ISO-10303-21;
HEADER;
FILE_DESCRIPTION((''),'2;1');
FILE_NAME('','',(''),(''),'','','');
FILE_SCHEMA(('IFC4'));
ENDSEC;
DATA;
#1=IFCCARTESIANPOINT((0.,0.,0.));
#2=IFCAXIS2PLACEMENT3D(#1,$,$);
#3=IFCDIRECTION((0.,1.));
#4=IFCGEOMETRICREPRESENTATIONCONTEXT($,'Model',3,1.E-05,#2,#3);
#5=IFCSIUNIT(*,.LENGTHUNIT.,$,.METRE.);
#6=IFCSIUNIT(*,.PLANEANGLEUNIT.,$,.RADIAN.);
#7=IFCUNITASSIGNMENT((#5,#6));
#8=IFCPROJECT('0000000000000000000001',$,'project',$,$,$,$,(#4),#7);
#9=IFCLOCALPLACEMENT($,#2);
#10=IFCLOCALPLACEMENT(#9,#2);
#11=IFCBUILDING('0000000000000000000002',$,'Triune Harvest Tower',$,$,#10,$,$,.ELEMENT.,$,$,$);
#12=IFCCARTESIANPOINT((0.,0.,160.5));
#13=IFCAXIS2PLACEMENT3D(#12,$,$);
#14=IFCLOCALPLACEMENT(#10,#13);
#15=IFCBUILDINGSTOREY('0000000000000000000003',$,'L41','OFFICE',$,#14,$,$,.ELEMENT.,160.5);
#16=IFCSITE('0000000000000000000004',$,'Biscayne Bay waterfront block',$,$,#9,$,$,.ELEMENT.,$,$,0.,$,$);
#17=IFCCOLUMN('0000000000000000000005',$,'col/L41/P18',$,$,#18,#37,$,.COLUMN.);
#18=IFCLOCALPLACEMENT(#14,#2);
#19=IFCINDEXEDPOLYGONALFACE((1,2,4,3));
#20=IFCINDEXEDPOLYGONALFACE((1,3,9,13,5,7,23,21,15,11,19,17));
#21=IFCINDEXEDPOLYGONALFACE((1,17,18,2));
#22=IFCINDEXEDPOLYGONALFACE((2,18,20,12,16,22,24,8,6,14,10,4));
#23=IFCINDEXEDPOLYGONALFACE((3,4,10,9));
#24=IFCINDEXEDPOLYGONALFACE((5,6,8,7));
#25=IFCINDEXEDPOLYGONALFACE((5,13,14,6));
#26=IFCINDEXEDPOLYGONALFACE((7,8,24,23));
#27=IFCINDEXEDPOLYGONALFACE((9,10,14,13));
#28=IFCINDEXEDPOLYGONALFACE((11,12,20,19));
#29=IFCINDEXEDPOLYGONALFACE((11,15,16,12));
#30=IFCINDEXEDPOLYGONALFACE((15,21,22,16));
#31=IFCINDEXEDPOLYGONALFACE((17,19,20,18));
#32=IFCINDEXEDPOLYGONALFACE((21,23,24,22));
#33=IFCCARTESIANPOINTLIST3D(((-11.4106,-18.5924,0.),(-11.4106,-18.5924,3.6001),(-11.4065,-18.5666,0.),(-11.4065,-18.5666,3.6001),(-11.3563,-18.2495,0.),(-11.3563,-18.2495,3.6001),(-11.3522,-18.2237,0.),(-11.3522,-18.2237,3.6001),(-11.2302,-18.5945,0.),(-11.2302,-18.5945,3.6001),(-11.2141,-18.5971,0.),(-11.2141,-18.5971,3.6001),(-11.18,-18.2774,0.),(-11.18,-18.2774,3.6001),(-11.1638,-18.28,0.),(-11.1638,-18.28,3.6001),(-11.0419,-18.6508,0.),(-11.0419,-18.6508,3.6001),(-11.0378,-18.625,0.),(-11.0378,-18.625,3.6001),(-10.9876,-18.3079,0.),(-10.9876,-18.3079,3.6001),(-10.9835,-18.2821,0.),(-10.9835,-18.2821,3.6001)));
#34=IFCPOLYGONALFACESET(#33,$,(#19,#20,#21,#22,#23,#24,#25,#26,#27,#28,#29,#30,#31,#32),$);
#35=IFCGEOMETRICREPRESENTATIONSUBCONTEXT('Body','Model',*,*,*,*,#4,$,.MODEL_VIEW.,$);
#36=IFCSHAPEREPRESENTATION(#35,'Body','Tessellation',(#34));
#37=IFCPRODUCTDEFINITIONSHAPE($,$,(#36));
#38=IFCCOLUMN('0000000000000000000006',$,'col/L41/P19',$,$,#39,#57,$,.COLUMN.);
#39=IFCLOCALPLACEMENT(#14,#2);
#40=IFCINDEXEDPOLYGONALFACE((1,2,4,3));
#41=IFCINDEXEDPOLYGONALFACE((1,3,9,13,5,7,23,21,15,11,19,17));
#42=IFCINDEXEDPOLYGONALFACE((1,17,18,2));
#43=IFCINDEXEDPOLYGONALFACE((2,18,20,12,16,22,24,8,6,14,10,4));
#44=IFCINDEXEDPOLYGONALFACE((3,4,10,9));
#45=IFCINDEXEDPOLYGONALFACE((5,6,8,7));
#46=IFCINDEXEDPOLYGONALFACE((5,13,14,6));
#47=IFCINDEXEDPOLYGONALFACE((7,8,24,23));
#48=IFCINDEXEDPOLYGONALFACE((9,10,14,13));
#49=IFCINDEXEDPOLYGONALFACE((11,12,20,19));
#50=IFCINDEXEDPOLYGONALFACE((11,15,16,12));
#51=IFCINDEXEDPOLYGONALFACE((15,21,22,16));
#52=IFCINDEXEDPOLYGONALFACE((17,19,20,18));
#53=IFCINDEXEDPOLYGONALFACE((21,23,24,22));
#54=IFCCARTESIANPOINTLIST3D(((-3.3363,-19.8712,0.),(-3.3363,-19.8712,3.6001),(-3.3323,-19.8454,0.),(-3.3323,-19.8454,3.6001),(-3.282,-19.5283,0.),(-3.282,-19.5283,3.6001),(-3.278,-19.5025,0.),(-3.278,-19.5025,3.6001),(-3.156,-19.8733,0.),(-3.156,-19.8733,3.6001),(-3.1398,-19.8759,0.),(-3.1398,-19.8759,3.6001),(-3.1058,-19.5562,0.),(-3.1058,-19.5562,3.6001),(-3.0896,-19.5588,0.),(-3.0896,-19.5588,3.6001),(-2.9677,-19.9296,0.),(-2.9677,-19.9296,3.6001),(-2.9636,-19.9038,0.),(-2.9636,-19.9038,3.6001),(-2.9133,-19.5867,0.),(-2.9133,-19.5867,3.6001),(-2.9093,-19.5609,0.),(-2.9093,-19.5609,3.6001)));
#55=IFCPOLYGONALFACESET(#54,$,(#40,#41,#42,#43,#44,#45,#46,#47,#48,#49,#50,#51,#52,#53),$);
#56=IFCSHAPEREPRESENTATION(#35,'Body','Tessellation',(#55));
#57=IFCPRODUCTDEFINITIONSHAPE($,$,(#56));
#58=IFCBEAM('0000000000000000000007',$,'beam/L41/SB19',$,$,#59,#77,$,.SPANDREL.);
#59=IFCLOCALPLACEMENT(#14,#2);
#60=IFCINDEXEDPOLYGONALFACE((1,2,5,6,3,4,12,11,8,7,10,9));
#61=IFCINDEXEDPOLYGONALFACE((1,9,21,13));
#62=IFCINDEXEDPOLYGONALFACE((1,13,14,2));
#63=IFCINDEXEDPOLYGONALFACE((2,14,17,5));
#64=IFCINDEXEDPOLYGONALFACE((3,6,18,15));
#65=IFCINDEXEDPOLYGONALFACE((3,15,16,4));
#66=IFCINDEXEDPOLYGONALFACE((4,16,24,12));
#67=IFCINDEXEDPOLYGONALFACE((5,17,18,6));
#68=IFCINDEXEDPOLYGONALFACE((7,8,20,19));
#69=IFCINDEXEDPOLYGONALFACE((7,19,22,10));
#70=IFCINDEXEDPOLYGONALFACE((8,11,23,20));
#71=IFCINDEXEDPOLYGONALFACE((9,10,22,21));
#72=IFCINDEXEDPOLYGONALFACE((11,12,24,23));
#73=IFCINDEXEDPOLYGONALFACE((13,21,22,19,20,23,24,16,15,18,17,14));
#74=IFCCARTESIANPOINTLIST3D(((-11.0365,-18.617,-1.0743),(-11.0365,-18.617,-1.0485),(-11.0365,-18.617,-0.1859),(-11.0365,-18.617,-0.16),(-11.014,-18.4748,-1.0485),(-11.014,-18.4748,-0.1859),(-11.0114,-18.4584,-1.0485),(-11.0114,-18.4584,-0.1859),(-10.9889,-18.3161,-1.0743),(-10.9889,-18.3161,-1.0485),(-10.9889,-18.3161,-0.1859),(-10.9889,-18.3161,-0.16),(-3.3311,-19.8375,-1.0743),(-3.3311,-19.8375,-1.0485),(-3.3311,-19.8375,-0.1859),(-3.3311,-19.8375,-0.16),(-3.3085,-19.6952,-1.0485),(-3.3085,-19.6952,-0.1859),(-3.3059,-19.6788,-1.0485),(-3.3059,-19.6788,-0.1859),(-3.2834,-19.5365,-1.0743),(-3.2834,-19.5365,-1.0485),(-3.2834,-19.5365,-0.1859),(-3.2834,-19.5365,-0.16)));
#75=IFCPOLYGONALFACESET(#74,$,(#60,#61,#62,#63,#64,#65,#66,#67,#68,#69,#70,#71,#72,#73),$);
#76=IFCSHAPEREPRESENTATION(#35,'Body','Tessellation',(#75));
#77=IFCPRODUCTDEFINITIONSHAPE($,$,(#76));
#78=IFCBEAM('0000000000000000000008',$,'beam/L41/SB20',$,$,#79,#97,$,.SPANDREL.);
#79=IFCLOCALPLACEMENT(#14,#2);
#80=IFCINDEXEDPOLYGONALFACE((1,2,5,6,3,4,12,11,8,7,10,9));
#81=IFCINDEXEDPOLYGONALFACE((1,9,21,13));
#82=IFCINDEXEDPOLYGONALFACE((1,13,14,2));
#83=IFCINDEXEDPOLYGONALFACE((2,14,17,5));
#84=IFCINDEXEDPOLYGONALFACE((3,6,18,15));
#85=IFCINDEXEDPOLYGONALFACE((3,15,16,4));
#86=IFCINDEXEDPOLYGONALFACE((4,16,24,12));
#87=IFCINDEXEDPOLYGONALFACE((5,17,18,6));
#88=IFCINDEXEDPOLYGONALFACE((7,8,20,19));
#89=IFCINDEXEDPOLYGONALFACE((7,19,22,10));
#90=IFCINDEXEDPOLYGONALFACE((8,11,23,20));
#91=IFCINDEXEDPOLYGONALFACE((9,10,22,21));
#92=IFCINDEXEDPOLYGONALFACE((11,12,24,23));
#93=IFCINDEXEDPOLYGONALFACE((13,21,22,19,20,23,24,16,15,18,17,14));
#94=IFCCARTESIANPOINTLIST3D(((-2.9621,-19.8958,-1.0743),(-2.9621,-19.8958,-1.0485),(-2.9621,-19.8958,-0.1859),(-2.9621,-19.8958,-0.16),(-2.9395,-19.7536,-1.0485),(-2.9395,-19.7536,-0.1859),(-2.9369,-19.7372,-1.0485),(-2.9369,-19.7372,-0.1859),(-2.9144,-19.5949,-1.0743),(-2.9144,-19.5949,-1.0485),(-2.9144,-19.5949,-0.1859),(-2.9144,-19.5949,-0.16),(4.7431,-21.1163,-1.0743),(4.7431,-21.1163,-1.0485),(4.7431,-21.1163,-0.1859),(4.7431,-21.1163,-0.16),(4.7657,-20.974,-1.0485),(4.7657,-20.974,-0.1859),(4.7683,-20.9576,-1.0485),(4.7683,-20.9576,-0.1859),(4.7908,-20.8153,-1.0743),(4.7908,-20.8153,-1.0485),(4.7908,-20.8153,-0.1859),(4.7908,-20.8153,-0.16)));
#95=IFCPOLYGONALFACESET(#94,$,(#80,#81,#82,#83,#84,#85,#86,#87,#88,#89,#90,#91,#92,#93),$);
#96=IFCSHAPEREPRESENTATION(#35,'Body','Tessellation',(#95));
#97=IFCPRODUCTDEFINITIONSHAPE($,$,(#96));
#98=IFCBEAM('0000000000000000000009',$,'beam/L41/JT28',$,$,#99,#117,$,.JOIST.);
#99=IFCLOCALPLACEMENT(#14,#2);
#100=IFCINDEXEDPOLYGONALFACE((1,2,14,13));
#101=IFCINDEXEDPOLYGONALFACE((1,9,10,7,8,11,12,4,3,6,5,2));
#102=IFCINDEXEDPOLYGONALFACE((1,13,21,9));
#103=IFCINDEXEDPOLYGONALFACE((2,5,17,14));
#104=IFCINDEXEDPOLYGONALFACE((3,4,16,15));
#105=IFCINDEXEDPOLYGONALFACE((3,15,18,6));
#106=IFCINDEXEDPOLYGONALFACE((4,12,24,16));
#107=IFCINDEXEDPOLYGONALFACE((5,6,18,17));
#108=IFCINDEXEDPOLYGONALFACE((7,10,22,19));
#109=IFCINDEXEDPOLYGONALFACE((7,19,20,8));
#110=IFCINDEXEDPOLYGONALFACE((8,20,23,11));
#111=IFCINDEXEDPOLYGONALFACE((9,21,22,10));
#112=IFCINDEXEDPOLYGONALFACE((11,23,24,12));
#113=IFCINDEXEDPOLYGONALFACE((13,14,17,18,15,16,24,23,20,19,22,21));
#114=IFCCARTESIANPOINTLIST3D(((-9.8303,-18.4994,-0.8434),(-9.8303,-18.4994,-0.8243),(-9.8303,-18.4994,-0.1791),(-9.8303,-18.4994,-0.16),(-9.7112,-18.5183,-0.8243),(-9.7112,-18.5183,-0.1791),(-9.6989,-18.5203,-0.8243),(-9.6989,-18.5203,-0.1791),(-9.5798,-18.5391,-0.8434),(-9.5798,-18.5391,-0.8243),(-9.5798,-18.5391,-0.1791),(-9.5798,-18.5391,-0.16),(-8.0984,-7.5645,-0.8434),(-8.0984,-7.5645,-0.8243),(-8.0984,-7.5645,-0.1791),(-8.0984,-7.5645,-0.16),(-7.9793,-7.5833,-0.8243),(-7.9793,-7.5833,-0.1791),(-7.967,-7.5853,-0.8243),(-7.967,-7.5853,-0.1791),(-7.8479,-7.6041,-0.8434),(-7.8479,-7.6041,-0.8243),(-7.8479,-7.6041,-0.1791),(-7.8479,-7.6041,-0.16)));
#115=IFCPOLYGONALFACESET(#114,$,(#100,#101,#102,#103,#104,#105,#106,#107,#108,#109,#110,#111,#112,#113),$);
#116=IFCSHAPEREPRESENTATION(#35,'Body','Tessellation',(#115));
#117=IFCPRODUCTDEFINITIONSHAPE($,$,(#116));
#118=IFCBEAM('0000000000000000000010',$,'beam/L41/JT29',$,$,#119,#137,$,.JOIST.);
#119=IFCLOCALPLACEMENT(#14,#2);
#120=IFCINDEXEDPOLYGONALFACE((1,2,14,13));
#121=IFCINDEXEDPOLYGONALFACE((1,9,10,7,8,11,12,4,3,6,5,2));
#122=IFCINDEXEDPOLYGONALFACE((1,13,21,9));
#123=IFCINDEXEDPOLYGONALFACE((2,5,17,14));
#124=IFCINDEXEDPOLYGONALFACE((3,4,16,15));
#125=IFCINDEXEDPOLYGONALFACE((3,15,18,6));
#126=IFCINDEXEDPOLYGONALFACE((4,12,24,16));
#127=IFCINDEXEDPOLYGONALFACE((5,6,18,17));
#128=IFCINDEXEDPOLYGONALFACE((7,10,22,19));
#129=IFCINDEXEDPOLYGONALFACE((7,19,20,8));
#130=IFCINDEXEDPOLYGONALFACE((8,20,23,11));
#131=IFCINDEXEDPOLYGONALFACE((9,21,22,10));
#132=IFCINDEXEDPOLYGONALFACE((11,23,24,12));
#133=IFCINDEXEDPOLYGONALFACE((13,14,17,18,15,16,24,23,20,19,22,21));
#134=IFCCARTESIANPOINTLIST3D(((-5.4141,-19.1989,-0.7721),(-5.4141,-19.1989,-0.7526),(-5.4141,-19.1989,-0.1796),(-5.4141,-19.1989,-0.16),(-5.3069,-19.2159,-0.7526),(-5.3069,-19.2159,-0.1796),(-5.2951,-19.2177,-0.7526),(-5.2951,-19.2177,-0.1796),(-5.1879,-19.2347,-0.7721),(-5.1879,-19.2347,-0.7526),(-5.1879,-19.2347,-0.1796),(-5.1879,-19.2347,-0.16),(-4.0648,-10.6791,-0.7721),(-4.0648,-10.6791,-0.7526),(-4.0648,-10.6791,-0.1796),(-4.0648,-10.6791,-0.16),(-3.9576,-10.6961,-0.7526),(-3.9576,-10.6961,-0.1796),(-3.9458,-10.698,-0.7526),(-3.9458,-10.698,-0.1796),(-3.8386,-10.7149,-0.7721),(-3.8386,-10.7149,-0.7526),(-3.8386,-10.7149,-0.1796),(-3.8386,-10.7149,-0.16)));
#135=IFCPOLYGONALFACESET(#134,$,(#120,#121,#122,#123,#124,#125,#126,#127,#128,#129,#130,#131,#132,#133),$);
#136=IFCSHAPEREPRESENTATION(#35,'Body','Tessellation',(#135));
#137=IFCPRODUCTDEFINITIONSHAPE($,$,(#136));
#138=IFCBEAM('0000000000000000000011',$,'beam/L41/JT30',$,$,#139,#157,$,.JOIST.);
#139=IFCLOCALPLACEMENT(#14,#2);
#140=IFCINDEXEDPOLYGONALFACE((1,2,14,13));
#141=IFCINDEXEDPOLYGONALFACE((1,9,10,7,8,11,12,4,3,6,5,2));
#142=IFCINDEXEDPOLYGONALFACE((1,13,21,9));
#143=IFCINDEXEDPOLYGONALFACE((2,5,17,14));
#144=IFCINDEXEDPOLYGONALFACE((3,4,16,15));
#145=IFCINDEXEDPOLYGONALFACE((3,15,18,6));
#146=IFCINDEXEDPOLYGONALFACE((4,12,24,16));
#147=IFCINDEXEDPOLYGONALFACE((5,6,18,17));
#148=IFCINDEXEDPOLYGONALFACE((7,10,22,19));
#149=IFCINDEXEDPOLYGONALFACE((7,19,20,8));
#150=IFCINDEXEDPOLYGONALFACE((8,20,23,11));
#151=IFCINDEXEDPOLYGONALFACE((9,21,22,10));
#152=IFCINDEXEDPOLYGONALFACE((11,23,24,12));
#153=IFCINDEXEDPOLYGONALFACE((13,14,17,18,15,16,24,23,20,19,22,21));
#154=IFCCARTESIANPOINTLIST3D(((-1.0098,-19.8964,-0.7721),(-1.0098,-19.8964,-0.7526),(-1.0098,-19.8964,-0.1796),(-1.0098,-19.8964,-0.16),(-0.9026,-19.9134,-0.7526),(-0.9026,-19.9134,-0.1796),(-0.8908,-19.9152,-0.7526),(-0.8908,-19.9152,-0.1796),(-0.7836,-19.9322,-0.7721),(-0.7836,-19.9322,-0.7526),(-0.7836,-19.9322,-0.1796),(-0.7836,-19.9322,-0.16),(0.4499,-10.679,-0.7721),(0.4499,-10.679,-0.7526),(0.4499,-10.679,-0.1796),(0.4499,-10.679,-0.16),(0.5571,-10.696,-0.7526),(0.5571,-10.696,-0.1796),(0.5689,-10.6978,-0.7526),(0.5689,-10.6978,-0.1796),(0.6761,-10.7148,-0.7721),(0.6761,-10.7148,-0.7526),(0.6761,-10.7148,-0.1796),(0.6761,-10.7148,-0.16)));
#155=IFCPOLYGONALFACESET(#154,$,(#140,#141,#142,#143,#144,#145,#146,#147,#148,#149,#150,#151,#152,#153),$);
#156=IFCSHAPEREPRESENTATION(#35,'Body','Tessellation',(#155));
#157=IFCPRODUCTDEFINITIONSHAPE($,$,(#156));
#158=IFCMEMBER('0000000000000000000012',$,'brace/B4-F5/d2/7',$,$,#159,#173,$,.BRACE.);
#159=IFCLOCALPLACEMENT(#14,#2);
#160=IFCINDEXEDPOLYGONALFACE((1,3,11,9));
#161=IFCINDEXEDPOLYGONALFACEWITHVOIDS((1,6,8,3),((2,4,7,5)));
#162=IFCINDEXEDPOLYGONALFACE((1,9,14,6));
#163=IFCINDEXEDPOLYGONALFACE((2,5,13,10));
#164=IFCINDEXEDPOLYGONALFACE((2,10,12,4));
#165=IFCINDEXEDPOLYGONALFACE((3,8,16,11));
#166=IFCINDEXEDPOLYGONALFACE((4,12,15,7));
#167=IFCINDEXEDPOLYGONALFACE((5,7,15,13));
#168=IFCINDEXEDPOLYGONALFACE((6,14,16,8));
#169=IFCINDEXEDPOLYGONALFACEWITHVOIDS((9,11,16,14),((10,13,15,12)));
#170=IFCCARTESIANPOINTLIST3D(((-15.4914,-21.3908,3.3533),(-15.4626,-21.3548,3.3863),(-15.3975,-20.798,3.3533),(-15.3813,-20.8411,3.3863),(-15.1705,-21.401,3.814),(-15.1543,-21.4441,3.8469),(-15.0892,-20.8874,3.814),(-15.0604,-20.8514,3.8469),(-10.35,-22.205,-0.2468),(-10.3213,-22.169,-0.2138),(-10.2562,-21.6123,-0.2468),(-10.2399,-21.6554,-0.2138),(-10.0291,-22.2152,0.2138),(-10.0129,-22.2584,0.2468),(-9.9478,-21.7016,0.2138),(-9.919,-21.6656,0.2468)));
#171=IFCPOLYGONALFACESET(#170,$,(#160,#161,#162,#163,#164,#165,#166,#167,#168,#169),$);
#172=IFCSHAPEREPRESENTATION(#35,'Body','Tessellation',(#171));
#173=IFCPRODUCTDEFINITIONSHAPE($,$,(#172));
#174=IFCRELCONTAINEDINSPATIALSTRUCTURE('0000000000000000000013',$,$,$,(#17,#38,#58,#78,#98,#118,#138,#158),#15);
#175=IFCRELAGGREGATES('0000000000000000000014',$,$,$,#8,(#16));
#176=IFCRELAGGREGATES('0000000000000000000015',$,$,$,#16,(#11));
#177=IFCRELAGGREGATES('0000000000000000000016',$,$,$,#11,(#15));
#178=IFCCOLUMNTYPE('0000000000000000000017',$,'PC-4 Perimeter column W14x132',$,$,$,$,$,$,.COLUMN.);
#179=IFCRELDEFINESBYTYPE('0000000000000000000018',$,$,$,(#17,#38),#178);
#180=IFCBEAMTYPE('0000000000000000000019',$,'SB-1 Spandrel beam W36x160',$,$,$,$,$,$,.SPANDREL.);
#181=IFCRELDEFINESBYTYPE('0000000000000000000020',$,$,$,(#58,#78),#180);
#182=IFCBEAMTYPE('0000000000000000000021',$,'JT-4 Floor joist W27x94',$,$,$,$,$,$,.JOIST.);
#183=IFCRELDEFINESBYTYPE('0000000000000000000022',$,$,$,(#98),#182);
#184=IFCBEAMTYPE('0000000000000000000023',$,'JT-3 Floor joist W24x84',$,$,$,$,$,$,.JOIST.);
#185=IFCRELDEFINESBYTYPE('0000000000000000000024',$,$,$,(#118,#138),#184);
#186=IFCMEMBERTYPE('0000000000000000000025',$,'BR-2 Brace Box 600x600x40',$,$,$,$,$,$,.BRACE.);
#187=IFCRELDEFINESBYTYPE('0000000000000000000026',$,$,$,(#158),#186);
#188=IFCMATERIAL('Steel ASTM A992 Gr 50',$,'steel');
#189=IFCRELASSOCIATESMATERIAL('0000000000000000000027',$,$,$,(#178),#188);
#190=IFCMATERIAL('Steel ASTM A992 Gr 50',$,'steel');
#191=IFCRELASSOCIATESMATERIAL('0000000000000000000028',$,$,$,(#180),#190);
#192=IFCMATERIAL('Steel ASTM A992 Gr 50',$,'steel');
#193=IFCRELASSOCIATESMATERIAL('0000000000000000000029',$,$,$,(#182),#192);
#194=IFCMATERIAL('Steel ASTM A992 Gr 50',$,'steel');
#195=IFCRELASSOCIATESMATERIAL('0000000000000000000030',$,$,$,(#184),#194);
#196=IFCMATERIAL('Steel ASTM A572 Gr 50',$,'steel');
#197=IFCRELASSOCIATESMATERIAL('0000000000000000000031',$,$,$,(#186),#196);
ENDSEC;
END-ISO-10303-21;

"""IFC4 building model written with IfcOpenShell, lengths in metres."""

from ifc_helpers import new_model, si_unit, direction, frame, origin, origin_2d, place, context, subcontext, project, spatial, hollow_rectangle, i_section, extrude, source, transform, mapped, material, material_profile, profile_set, type_object, element, save


model = new_model("IFC4")

# Units and contexts
model_context = context("Model", 3, precision=1e-05, world=origin(), true_north=direction((0.0, 1.0)))
body_context = subcontext(model_context, "Body", "Model", "MODEL_VIEW")
ifc_project = project(units=[si_unit("LENGTHUNIT", "METRE"), si_unit("PLANEANGLEUNIT", "RADIAN")], contexts=[model_context])

# Site, building, storey
site_placement = place(None, origin())
site = spatial("IfcSite", under=ifc_project, at=site_placement, Name="Biscayne Bay waterfront block", CompositionType="ELEMENT", RefElevation=0.0)
building_placement = place(site_placement, origin())
building = spatial("IfcBuilding", under=site, at=building_placement, Name="Triune Harvest Tower", CompositionType="ELEMENT")
storey_placement = place(building_placement, frame((0.0, 0.0, 160.5)))
storey = spatial("IfcBuildingStorey", under=building, at=storey_placement, Name="L41", Description="OFFICE", CompositionType="ELEMENT", Elevation=160.5)

# Columns
ifc_material_1 = material(Name="Steel ASTM A992 Gr 50", Category="steel")
ifc_material_profile_1 = material_profile(ifc_material_1, i_section(OverallWidth=0.3733, OverallDepth=0.3733, WebThickness=0.0164, FlangeThickness=0.0261, at=origin_2d()), Name="W14x132")
ifc_profile_set_1 = profile_set([ifc_material_profile_1], Name="Steel ASTM A992 Gr 50")
column_type = type_object("IfcColumnType", Name="PC-4 Perimeter column W14x132", PredefinedType="COLUMN", material=ifc_profile_set_1)
shared_shape_1 = source(origin(), body_context, "Body", "SweptSolid", [
    extrude(i_section(OverallWidth=0.3733, OverallDepth=0.3733, WebThickness=0.0164, FlangeThickness=0.0261, at=origin_2d()), origin(), (0.0, 0.0, 1.0), 3.6001),
])
for number, where, z_axis, x_axis, name in (
    (1, (-11.197, -18.4373, 0.0), (0.0, 0.0, 1.0), (0.987688, -0.156434, 0.0), "col/L41/P18"),
    (2, (-3.1228, -19.7161, 0.0), (0.0, 0.0, 1.0), (0.987688, -0.156434, 0.0), "col/L41/P19"),
):
    element("IfcColumn", number, at=place(storey_placement, frame(where, z_axis=z_axis, x_axis=x_axis)), inside=storey, type_object=column_type, Name=name, PredefinedType="COLUMN", context=body_context, shape_type="MappedRepresentation", body=[
        mapped(shared_shape_1, transform((0.0, 0.0, 0.0), scale=1.0)),
    ])

# Beams
ifc_material_2 = material(Name="Steel ASTM A992 Gr 50", Category="steel")
ifc_material_profile_2 = material_profile(ifc_material_2, i_section(OverallWidth=0.3047, OverallDepth=0.9143, WebThickness=0.0166, FlangeThickness=0.0259, at=origin_2d()), Name="W36x160")
ifc_profile_set_2 = profile_set([ifc_material_profile_2], Name="Steel ASTM A992 Gr 50")
beam_type_1 = type_object("IfcBeamType", Name="SB-1 Spandrel beam W36x160", PredefinedType="SPANDREL", material=ifc_profile_set_2)
shared_shape_2 = source(origin(), body_context, "Body", "SweptSolid", [
    extrude(i_section(OverallWidth=0.3047, OverallDepth=0.9143, WebThickness=0.0166, FlangeThickness=0.0259, at=origin_2d()), origin(), (0.0, 0.0, 1.0), 7.8015),
])
beam_1_placement = place(storey_placement, frame((-11.0127, -18.4666, -0.6172), z_axis=(0.987688, -0.156437, 0.0), x_axis=(0.156437, 0.987688, 0.0)))
element("IfcBeam", 3, at=beam_1_placement, inside=storey, type_object=beam_type_1, Name="beam/L41/SB19", PredefinedType="SPANDREL", context=body_context, shape_type="MappedRepresentation", body=[
    mapped(shared_shape_2, transform((0.0, 0.0, 0.0), scale=1.0)),
])
shared_shape_3 = source(origin(), body_context, "Body", "SweptSolid", [
    extrude(i_section(OverallWidth=0.3047, OverallDepth=0.9143, WebThickness=0.0166, FlangeThickness=0.0259, at=origin_2d()), origin(), (0.0, 0.0, 1.0), 7.8013),
])
beam_2_placement = place(storey_placement, frame((-2.9382, -19.7454, -0.6172), z_axis=(0.987687, -0.156441, 0.0), x_axis=(0.156441, 0.987687, 0.0)))
element("IfcBeam", 4, at=beam_2_placement, inside=storey, type_object=beam_type_1, Name="beam/L41/SB20", PredefinedType="SPANDREL", context=body_context, shape_type="MappedRepresentation", body=[
    mapped(shared_shape_3, transform((0.0, 0.0, 0.0), scale=1.0)),
])
ifc_material_3 = material(Name="Steel ASTM A992 Gr 50", Category="steel")
ifc_material_profile_3 = material_profile(ifc_material_3, i_section(OverallWidth=0.2537, OverallDepth=0.6833, WebThickness=0.0125, FlangeThickness=0.019, at=origin_2d()), Name="W27x94")
ifc_profile_set_3 = profile_set([ifc_material_profile_3], Name="Steel ASTM A992 Gr 50")
beam_type_2 = type_object("IfcBeamType", Name="JT-4 Floor joist W27x94", PredefinedType="JOIST", material=ifc_profile_set_3)
shared_shape_4 = source(origin(), body_context, "Body", "SweptSolid", [
    extrude(i_section(OverallWidth=0.2537, OverallDepth=0.6833, WebThickness=0.0125, FlangeThickness=0.019, at=origin_2d()), origin(), (0.0, 0.0, 1.0), 11.0713),
])
beam_3_placement = place(storey_placement, frame((-9.7051, -18.5193, -0.5017), z_axis=(0.156434, 0.987688, 0.0), x_axis=(-0.987688, 0.156434, 0.0)))
element("IfcBeam", 5, at=beam_3_placement, inside=storey, type_object=beam_type_2, Name="beam/L41/JT28", PredefinedType="JOIST", context=body_context, shape_type="MappedRepresentation", body=[
    mapped(shared_shape_4, transform((0.0, 0.0, 0.0), scale=1.0)),
])
ifc_material_4 = material(Name="Steel ASTM A992 Gr 50", Category="steel")
ifc_material_profile_4 = material_profile(ifc_material_4, i_section(OverallWidth=0.229, OverallDepth=0.6121, WebThickness=0.012, FlangeThickness=0.0195, at=origin_2d()), Name="W24x84")
ifc_profile_set_4 = profile_set([ifc_material_profile_4], Name="Steel ASTM A992 Gr 50")
beam_type_3 = type_object("IfcBeamType", Name="JT-3 Floor joist W24x84", PredefinedType="JOIST", material=ifc_profile_set_4)
shared_shape_5 = source(origin(), body_context, "Body", "SweptSolid", [
    extrude(i_section(OverallWidth=0.229, OverallDepth=0.6121, WebThickness=0.012, FlangeThickness=0.0195, at=origin_2d()), origin(), (0.0, 0.0, 1.0), 8.626),
])
beam_4_placement = place(storey_placement, frame((-5.301, -19.2168, -0.4661), z_axis=(0.156431, 0.987689, 0.0), x_axis=(-0.987689, 0.156431, 0.0)))
element("IfcBeam", 6, at=beam_4_placement, inside=storey, type_object=beam_type_3, Name="beam/L41/JT29", PredefinedType="JOIST", context=body_context, shape_type="MappedRepresentation", body=[
    mapped(shared_shape_5, transform((0.0, 0.0, 0.0), scale=1.0)),
])
shared_shape_6 = source(origin(), body_context, "Body", "SweptSolid", [
    extrude(i_section(OverallWidth=0.229, OverallDepth=0.6121, WebThickness=0.012, FlangeThickness=0.0195, at=origin_2d()), origin(), (0.0, 0.0, 1.0), 9.3323),
])
beam_5_placement = place(storey_placement, frame((-0.8967, -19.9143, -0.4661), z_axis=(0.156418, 0.987691, 0.0), x_axis=(-0.987691, 0.156418, 0.0)))
element("IfcBeam", 7, at=beam_5_placement, inside=storey, type_object=beam_type_3, Name="beam/L41/JT30", PredefinedType="JOIST", context=body_context, shape_type="MappedRepresentation", body=[
    mapped(shared_shape_6, transform((0.0, 0.0, 0.0), scale=1.0)),
])

# Member
ifc_material_5 = material(Name="Steel ASTM A572 Gr 50", Category="steel")
ifc_material_profile_5 = material_profile(ifc_material_5, hollow_rectangle(XDim=0.6001, YDim=0.6001, WallThickness=0.04, at=origin_2d()), Name="Box 600x600x40")
ifc_profile_set_5 = profile_set([ifc_material_profile_5], Name="Steel ASTM A572 Gr 50")
member_type_1 = type_object("IfcMemberType", Name="BR-2 Brace Box 600x600x40", PredefinedType="BRACE", material=ifc_profile_set_5)
shared_shape_7 = source(origin(), body_context, "Body", "SweptSolid", [
    extrude(hollow_rectangle(XDim=0.6001, YDim=0.6001, WallThickness=0.04, at=origin_2d()), origin(), (0.0, 0.0, 1.0), 6.3291),
])
member_1_placement = place(storey_placement, frame((-10.1345, -21.9353, 0.0), z_axis=(-0.812339, 0.128646, 0.568819), x_axis=(-0.156415, -0.987691, 0.0)))
element("IfcMember", 8, at=member_1_placement, inside=storey, type_object=member_type_1, Name="brace/B4-F5/d2/7", PredefinedType="BRACE", context=body_context, shape_type="MappedRepresentation", body=[
    mapped(shared_shape_7, transform((0.0, 0.0, 0.0), scale=1.0)),
])

save(model, "model.ifc")
